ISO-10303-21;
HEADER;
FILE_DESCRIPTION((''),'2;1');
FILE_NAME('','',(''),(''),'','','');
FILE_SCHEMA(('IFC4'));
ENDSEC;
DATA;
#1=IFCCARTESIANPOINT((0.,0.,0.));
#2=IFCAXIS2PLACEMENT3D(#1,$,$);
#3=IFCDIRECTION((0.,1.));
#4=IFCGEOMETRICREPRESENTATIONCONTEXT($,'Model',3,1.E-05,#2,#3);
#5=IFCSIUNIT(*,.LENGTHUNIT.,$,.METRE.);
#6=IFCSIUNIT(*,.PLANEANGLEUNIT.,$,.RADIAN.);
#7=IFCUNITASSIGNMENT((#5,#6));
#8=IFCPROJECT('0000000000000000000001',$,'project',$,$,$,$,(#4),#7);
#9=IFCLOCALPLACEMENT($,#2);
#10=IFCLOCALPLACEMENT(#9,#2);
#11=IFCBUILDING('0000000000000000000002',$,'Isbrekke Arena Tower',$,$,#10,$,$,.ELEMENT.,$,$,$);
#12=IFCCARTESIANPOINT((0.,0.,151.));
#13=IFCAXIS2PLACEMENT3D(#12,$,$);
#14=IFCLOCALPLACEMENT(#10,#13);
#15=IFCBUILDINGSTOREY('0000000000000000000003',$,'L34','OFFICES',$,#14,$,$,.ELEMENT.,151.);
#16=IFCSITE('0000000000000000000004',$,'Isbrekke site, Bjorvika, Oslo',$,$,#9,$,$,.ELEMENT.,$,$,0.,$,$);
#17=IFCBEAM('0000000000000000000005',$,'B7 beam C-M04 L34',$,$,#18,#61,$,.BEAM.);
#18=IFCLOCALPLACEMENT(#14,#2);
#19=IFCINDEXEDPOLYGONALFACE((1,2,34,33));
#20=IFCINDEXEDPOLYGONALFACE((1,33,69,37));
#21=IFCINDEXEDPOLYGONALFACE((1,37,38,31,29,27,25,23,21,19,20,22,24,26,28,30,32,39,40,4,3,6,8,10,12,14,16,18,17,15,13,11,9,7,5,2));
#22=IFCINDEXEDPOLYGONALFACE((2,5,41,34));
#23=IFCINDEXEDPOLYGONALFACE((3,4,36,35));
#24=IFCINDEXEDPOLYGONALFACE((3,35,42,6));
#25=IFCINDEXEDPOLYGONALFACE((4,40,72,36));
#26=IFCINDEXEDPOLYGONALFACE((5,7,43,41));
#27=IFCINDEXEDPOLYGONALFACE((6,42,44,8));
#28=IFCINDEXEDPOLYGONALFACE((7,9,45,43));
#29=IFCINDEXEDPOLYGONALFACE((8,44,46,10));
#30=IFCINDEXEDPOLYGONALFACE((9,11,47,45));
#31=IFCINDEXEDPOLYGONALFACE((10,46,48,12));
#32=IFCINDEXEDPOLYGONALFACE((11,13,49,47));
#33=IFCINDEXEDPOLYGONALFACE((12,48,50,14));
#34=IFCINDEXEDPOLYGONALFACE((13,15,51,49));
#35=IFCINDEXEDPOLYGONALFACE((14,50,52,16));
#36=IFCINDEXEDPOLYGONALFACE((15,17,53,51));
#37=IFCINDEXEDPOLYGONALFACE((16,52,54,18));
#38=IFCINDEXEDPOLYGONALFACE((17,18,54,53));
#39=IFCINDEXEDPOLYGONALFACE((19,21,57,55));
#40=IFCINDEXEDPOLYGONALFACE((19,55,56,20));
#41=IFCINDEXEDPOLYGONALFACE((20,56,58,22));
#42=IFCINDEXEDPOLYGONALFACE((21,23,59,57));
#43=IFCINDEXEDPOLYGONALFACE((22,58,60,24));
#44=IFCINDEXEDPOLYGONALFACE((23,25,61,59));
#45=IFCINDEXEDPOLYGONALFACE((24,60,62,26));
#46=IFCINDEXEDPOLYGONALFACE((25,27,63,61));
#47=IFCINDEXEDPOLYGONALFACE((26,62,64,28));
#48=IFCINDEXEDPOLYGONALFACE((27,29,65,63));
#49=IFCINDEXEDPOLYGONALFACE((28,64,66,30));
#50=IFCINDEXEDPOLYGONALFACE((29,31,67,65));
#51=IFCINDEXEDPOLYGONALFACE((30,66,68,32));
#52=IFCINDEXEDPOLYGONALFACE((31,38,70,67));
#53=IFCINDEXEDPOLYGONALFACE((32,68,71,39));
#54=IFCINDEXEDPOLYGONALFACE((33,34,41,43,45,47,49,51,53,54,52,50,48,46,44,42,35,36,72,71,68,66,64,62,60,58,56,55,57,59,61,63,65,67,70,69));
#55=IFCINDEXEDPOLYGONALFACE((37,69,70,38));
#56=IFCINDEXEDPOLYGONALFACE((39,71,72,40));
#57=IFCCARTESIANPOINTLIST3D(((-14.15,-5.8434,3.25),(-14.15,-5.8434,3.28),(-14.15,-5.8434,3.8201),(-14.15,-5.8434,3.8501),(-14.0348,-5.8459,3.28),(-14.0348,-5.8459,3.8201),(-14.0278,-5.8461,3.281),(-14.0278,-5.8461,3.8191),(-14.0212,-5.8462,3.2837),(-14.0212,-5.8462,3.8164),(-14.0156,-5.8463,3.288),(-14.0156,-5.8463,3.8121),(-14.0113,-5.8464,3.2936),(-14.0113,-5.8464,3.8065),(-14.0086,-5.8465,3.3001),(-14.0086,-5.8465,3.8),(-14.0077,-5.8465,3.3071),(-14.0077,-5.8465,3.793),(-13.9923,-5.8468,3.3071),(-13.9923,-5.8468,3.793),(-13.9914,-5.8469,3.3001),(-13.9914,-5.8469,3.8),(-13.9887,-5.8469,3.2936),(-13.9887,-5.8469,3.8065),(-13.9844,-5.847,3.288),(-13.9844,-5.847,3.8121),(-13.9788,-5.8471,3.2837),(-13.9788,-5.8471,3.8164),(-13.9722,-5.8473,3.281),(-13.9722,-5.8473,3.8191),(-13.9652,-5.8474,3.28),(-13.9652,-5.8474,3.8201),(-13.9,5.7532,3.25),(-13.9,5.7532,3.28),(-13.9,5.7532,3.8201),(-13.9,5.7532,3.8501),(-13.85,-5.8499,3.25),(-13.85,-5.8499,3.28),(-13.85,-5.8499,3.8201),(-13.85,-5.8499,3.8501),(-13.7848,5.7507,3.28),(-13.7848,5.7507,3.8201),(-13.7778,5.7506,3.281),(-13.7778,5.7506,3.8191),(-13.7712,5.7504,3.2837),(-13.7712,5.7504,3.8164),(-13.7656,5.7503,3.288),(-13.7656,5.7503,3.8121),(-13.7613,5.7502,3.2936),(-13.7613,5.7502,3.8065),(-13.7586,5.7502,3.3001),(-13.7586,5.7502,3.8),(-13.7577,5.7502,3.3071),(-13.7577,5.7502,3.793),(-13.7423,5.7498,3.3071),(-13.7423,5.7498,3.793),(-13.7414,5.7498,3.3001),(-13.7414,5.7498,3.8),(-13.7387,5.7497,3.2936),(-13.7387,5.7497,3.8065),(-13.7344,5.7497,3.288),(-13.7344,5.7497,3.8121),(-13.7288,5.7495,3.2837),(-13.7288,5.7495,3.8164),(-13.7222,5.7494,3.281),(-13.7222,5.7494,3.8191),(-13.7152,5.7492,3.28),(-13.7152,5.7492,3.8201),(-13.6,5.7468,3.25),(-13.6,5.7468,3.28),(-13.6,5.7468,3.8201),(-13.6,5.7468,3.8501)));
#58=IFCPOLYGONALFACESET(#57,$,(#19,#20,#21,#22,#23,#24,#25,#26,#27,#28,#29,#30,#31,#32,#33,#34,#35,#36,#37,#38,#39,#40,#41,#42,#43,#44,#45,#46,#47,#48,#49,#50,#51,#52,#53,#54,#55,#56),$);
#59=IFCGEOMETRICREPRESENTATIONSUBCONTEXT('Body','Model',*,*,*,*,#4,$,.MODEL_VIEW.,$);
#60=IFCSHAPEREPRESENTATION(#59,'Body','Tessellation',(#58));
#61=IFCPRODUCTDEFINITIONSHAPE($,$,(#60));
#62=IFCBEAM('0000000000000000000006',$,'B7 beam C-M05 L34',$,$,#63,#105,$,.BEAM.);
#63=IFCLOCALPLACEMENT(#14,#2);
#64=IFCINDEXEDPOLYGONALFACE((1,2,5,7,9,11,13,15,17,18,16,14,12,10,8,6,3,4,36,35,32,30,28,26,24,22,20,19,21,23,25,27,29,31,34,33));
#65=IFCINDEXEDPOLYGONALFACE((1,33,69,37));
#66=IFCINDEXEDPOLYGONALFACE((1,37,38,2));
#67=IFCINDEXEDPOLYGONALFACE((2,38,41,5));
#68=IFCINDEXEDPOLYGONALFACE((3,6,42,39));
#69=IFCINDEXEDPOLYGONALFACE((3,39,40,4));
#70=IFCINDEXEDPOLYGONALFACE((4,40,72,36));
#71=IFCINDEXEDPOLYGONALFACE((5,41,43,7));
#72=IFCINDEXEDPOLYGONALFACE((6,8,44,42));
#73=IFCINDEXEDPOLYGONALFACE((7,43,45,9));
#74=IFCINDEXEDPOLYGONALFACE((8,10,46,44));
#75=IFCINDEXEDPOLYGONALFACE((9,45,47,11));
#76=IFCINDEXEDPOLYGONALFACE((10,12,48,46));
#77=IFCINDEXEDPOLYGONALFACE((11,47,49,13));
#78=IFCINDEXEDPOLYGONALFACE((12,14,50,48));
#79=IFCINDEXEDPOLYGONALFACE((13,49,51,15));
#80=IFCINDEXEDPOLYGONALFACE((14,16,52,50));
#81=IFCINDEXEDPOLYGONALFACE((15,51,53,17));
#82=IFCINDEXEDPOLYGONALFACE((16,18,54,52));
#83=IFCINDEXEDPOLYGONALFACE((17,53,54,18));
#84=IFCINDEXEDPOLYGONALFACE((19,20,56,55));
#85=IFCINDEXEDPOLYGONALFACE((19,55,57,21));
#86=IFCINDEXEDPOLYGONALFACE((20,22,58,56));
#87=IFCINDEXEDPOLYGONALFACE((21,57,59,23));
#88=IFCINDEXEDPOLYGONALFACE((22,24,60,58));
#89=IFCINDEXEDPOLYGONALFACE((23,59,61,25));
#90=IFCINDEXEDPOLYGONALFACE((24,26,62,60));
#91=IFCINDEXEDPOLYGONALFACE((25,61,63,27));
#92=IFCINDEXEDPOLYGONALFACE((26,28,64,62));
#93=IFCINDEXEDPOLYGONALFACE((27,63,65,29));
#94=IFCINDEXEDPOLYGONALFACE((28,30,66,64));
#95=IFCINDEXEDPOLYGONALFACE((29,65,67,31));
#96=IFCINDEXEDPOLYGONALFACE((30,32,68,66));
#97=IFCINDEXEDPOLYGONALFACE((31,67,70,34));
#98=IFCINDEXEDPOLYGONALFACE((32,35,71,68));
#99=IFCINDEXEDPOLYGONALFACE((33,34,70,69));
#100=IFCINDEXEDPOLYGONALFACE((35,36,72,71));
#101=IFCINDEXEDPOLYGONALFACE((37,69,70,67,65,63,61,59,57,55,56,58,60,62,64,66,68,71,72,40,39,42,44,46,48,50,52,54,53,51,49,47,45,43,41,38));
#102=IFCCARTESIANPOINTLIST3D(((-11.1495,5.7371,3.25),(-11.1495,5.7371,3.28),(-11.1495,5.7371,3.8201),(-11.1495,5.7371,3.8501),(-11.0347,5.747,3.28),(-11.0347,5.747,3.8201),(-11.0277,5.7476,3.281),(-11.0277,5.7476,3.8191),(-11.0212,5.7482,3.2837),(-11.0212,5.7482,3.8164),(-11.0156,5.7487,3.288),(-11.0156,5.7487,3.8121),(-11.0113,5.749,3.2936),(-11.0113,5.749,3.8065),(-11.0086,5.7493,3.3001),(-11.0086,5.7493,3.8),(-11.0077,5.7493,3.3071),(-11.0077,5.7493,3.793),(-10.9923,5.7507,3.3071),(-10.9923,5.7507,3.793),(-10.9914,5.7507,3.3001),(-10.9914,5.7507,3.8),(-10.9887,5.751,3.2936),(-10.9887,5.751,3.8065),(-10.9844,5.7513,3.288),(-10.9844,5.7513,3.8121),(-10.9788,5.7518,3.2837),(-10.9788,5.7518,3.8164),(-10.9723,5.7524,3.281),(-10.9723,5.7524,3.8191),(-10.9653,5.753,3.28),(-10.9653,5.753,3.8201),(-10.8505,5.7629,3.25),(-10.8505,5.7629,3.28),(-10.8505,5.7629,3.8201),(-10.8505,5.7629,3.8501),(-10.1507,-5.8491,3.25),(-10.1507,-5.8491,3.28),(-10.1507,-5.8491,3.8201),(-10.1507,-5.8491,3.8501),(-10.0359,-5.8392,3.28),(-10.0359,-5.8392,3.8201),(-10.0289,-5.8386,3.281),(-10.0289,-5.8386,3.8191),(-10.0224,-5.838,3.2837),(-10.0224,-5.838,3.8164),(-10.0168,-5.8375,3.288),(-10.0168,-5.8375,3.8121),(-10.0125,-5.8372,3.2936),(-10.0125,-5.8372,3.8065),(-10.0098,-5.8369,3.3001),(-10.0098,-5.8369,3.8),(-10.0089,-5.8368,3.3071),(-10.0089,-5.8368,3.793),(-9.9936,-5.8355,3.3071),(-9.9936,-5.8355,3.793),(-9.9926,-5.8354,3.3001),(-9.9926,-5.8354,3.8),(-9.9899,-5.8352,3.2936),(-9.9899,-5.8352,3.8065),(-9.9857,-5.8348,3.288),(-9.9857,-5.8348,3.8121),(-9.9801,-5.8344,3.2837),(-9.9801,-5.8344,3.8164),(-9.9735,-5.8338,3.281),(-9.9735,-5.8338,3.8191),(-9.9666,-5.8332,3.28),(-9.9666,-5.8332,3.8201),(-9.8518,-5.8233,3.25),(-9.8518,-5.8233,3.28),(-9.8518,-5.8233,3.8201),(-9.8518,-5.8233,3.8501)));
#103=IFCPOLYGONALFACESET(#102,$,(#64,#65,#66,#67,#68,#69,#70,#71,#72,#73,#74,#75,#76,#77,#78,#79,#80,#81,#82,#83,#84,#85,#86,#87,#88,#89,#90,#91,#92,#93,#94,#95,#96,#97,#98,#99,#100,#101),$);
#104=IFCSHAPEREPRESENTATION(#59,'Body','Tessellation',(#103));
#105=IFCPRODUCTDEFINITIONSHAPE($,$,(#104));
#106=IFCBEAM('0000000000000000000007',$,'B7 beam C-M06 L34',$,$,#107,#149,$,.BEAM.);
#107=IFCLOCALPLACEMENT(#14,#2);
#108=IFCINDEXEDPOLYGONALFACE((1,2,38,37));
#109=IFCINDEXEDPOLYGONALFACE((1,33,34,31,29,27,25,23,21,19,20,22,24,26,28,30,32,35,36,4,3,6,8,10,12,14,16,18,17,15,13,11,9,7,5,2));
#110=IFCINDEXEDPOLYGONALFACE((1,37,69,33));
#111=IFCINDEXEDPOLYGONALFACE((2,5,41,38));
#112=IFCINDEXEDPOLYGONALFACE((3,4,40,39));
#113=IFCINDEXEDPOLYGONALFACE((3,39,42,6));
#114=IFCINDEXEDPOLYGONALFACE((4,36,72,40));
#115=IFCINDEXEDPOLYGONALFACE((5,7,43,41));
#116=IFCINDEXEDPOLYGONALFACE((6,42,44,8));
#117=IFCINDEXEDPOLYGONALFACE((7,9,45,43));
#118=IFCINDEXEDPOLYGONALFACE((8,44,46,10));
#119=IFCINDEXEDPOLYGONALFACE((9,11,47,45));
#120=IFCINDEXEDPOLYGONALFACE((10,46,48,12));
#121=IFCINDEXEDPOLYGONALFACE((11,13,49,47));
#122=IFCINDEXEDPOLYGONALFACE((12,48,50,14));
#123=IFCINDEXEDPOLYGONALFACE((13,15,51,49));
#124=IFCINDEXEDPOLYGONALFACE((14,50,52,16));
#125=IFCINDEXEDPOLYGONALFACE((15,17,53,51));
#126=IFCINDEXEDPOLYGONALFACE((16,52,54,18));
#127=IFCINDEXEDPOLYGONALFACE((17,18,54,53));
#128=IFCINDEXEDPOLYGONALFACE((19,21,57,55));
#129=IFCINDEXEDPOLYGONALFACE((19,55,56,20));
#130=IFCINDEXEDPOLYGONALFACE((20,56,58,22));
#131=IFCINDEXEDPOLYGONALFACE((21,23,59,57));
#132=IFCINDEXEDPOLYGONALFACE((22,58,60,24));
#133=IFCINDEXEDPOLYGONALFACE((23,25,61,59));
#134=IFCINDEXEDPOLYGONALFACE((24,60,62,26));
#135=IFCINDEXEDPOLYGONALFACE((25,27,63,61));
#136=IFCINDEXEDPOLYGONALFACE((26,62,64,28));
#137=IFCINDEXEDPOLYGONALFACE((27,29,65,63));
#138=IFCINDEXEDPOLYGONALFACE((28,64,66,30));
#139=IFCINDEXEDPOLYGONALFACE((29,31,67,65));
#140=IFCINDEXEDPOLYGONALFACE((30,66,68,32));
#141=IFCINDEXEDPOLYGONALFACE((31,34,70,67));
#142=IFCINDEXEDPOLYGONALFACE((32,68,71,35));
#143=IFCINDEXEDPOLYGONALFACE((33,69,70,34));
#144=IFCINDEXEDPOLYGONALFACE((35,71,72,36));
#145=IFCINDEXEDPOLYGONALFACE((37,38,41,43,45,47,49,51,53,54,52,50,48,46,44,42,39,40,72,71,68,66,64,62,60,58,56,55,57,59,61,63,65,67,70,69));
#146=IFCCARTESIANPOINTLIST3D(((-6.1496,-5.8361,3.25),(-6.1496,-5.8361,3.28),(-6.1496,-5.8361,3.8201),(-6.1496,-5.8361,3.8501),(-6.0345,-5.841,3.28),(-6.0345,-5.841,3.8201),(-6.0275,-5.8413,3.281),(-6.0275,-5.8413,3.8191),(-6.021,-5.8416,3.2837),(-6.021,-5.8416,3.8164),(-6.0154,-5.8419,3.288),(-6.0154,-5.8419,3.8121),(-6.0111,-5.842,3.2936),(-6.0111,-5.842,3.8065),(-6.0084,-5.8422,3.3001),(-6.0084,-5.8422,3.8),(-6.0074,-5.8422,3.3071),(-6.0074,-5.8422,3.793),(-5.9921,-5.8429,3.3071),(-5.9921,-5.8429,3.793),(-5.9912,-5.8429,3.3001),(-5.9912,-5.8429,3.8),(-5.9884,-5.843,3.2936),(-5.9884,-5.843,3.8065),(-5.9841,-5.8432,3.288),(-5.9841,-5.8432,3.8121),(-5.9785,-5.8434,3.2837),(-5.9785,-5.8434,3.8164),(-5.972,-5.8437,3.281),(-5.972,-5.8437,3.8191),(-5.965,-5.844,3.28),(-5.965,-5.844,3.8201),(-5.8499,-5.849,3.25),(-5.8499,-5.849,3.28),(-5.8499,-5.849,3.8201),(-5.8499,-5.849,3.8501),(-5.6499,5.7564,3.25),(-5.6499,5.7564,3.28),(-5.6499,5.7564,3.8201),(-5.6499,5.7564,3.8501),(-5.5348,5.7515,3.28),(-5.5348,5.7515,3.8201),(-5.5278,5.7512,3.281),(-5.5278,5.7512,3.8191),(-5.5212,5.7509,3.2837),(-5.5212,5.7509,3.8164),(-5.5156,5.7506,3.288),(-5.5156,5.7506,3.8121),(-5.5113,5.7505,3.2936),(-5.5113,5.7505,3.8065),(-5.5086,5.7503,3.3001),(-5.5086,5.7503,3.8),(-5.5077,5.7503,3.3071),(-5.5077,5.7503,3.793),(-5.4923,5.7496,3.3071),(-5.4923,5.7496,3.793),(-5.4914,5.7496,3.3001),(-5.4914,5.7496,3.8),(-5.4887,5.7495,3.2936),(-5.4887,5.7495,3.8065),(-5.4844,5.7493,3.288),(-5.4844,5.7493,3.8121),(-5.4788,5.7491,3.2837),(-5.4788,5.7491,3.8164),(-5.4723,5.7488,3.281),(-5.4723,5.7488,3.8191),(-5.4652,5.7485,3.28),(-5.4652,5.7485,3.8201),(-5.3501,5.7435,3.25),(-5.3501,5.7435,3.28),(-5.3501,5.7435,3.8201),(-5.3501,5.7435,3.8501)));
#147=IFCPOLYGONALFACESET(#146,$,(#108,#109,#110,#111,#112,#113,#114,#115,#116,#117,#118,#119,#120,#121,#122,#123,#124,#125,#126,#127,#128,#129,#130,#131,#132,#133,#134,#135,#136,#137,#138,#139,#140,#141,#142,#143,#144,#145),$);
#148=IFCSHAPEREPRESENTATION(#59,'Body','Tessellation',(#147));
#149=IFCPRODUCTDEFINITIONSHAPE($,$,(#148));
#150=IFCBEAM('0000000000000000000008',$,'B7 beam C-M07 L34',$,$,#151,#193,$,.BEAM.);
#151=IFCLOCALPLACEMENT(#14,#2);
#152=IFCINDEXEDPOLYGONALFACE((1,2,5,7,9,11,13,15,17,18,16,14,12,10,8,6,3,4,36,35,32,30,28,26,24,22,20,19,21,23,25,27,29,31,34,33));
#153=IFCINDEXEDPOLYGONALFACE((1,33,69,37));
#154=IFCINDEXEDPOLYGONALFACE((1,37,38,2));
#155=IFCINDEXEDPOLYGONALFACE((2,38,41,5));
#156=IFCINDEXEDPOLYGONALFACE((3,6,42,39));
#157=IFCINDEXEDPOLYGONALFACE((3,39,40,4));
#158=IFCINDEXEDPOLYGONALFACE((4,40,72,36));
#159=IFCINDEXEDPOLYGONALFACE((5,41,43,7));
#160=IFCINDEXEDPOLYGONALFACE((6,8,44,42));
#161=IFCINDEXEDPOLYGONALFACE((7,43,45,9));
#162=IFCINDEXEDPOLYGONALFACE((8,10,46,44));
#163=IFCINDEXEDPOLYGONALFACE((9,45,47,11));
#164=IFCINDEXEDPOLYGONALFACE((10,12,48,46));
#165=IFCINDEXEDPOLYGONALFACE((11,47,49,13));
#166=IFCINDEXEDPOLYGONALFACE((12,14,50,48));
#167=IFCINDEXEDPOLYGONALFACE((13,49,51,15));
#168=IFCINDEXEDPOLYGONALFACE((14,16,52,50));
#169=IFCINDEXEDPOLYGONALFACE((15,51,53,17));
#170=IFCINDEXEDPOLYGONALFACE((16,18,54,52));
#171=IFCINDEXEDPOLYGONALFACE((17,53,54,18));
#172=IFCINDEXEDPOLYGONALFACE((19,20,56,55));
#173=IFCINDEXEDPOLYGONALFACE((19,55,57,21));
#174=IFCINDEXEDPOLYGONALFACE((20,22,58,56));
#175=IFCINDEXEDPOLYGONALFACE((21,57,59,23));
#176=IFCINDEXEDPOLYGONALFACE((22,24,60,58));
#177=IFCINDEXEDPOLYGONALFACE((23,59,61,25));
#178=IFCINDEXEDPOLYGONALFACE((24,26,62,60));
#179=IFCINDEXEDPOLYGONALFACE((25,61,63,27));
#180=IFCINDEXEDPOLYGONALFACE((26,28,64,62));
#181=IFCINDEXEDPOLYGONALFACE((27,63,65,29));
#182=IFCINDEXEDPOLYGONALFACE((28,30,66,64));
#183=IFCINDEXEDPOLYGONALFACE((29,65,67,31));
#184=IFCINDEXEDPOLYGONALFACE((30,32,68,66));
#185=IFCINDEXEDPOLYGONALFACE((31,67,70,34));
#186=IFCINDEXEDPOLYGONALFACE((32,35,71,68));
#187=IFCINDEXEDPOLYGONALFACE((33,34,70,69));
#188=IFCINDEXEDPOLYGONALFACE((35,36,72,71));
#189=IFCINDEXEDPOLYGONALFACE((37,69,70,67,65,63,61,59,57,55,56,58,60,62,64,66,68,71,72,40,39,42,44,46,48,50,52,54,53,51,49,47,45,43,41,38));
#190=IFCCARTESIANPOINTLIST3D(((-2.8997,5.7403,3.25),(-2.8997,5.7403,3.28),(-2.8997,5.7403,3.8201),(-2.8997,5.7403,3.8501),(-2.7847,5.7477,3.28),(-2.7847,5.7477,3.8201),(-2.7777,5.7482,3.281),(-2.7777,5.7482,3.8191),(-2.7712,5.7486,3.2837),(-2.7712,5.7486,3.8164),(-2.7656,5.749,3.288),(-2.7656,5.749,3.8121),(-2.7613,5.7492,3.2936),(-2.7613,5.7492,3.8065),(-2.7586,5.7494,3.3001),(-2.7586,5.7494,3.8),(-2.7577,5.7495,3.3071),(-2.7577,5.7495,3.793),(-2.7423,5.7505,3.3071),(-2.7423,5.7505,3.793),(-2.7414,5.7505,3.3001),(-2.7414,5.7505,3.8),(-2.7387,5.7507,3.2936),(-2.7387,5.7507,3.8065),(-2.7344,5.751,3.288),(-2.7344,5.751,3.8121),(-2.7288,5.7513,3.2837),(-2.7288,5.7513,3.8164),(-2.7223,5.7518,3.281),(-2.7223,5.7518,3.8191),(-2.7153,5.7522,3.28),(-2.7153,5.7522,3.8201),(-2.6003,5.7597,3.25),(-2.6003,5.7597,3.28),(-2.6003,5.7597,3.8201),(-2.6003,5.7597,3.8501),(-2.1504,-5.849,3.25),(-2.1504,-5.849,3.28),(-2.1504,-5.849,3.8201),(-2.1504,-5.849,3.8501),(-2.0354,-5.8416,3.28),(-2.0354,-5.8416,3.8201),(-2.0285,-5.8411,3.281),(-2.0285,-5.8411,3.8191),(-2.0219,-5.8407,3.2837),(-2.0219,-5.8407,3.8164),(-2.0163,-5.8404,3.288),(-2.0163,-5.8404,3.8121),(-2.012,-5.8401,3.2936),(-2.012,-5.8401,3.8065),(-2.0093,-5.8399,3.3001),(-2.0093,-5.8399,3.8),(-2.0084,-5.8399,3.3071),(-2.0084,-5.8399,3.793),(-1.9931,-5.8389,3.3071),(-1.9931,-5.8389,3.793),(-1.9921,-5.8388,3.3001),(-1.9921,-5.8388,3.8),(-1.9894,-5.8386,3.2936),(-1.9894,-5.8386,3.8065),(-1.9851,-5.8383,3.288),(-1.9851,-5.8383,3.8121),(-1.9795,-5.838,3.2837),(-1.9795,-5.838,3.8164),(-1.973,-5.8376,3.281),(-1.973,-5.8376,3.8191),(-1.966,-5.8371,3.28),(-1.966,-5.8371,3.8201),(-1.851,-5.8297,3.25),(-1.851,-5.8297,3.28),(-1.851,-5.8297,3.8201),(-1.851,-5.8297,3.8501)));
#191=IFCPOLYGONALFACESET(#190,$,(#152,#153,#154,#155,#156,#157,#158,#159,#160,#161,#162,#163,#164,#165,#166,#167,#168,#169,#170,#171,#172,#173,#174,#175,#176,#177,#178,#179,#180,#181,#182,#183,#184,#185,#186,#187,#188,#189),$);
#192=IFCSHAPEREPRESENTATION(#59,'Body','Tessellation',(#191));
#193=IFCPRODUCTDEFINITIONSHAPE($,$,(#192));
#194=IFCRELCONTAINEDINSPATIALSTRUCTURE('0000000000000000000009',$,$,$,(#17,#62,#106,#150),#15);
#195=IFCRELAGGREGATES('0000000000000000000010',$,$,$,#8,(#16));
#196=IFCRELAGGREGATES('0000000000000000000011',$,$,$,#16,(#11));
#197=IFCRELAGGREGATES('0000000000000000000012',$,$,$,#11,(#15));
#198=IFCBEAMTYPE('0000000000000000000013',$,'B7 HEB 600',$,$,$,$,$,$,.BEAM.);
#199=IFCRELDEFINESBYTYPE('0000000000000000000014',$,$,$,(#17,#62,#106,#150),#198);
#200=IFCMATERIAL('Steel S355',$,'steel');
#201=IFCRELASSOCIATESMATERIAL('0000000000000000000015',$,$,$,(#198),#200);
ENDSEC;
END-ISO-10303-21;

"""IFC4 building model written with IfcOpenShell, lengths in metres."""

from ifc_helpers import new_model, si_unit, direction, frame, origin, origin_2d, place, context, subcontext, project, spatial, i_section, extrude, material, material_profile, profile_set, type_object, element, save


model = new_model("IFC4")

# Units and contexts
model_context = context("Model", 3, precision=1e-05, world=origin(), true_north=direction((0.0, 1.0)))
body_context = subcontext(model_context, "Body", "Model", "MODEL_VIEW")
ifc_project = project(units=[si_unit("LENGTHUNIT", "METRE"), si_unit("PLANEANGLEUNIT", "RADIAN")], contexts=[model_context])

# Site, building, storey
site_placement = place(None, origin())
site = spatial("IfcSite", under=ifc_project, at=site_placement, Name="Isbrekke site, Bjorvika, Oslo", CompositionType="ELEMENT", RefElevation=0.0)
building_placement = place(site_placement, origin())
building = spatial("IfcBuilding", under=site, at=building_placement, Name="Isbrekke Arena Tower", CompositionType="ELEMENT")
storey_placement = place(building_placement, frame((0.0, 0.0, 151.0)))
storey = spatial("IfcBuildingStorey", under=building, at=storey_placement, Name="L34", Description="OFFICES", CompositionType="ELEMENT", Elevation=151.0)

# Beams
ifc_material_1 = material(Name="Steel S355", Category="steel")
ifc_material_profile_1 = material_profile(ifc_material_1, i_section(OverallWidth=0.3, OverallDepth=0.6001, WebThickness=0.0154, FlangeThickness=0.03, FilletRadius=0.0271, at=origin_2d()), Name="HEB 600")
ifc_profile_set_1 = profile_set([ifc_material_profile_1], Name="Steel S355")
beam_type_1 = type_object("IfcBeamType", Name="B7 HEB 600", PredefinedType="BEAM", material=ifc_profile_set_1)
beam_1_placement = place(storey_placement, frame((-14.0, -5.8467, 3.55), z_axis=(0.021553, 0.999768, 0.0), x_axis=(-0.999768, 0.021553, 0.0)))
element("IfcBeam", 1, at=beam_1_placement, inside=storey, type_object=beam_type_1, Name="B7 beam C-M04 L34", PredefinedType="BEAM", context=body_context, shape_type="SweptSolid", body=[
    extrude(i_section(OverallWidth=0.3, OverallDepth=0.6001, WebThickness=0.0154, FlangeThickness=0.03, FilletRadius=0.0271, at=origin_2d()), origin(), (0.0, 0.0, 1.0), 11.5994),
])
beam_2_placement = place(storey_placement, frame((-10.0012, -5.8362, 3.55), z_axis=(-0.085886, 0.996305, 0.0), x_axis=(-0.996305, -0.085886, 0.0)))
element("IfcBeam", 2, at=beam_2_placement, inside=storey, type_object=beam_type_1, Name="B7 beam C-M05 L34", PredefinedType="BEAM", context=body_context, shape_type="SweptSolid", body=[
    extrude(i_section(OverallWidth=0.3, OverallDepth=0.6001, WebThickness=0.0154, FlangeThickness=0.03, FilletRadius=0.0271, at=origin_2d()), origin(), (0.0, 0.0, 1.0), 11.6292),
])
beam_3_placement = place(storey_placement, frame((-5.9998, -5.8425, 3.55), z_axis=(0.04307, 0.999072, 0.0), x_axis=(-0.999072, 0.04307, 0.0)))
element("IfcBeam", 3, at=beam_3_placement, inside=storey, type_object=beam_type_1, Name="B7 beam C-M06 L34", PredefinedType="BEAM", context=body_context, shape_type="SweptSolid", body=[
    extrude(i_section(OverallWidth=0.3, OverallDepth=0.6001, WebThickness=0.0154, FlangeThickness=0.03, FilletRadius=0.0271, at=origin_2d()), origin(), (0.0, 0.0, 1.0), 11.6033),
])
beam_4_placement = place(storey_placement, frame((-2.0007, -5.8394, 3.55), z_axis=(-0.064517, 0.997917, 0.0), x_axis=(-0.997917, -0.064517, 0.0)))
element("IfcBeam", 4, at=beam_4_placement, inside=storey, type_object=beam_type_1, Name="B7 beam C-M07 L34", PredefinedType="BEAM", context=body_context, shape_type="SweptSolid", body=[
    extrude(i_section(OverallWidth=0.3, OverallDepth=0.6001, WebThickness=0.0154, FlangeThickness=0.03, FilletRadius=0.0271, at=origin_2d()), origin(), (0.0, 0.0, 1.0), 11.6135),
])

save(model, "model.ifc")
